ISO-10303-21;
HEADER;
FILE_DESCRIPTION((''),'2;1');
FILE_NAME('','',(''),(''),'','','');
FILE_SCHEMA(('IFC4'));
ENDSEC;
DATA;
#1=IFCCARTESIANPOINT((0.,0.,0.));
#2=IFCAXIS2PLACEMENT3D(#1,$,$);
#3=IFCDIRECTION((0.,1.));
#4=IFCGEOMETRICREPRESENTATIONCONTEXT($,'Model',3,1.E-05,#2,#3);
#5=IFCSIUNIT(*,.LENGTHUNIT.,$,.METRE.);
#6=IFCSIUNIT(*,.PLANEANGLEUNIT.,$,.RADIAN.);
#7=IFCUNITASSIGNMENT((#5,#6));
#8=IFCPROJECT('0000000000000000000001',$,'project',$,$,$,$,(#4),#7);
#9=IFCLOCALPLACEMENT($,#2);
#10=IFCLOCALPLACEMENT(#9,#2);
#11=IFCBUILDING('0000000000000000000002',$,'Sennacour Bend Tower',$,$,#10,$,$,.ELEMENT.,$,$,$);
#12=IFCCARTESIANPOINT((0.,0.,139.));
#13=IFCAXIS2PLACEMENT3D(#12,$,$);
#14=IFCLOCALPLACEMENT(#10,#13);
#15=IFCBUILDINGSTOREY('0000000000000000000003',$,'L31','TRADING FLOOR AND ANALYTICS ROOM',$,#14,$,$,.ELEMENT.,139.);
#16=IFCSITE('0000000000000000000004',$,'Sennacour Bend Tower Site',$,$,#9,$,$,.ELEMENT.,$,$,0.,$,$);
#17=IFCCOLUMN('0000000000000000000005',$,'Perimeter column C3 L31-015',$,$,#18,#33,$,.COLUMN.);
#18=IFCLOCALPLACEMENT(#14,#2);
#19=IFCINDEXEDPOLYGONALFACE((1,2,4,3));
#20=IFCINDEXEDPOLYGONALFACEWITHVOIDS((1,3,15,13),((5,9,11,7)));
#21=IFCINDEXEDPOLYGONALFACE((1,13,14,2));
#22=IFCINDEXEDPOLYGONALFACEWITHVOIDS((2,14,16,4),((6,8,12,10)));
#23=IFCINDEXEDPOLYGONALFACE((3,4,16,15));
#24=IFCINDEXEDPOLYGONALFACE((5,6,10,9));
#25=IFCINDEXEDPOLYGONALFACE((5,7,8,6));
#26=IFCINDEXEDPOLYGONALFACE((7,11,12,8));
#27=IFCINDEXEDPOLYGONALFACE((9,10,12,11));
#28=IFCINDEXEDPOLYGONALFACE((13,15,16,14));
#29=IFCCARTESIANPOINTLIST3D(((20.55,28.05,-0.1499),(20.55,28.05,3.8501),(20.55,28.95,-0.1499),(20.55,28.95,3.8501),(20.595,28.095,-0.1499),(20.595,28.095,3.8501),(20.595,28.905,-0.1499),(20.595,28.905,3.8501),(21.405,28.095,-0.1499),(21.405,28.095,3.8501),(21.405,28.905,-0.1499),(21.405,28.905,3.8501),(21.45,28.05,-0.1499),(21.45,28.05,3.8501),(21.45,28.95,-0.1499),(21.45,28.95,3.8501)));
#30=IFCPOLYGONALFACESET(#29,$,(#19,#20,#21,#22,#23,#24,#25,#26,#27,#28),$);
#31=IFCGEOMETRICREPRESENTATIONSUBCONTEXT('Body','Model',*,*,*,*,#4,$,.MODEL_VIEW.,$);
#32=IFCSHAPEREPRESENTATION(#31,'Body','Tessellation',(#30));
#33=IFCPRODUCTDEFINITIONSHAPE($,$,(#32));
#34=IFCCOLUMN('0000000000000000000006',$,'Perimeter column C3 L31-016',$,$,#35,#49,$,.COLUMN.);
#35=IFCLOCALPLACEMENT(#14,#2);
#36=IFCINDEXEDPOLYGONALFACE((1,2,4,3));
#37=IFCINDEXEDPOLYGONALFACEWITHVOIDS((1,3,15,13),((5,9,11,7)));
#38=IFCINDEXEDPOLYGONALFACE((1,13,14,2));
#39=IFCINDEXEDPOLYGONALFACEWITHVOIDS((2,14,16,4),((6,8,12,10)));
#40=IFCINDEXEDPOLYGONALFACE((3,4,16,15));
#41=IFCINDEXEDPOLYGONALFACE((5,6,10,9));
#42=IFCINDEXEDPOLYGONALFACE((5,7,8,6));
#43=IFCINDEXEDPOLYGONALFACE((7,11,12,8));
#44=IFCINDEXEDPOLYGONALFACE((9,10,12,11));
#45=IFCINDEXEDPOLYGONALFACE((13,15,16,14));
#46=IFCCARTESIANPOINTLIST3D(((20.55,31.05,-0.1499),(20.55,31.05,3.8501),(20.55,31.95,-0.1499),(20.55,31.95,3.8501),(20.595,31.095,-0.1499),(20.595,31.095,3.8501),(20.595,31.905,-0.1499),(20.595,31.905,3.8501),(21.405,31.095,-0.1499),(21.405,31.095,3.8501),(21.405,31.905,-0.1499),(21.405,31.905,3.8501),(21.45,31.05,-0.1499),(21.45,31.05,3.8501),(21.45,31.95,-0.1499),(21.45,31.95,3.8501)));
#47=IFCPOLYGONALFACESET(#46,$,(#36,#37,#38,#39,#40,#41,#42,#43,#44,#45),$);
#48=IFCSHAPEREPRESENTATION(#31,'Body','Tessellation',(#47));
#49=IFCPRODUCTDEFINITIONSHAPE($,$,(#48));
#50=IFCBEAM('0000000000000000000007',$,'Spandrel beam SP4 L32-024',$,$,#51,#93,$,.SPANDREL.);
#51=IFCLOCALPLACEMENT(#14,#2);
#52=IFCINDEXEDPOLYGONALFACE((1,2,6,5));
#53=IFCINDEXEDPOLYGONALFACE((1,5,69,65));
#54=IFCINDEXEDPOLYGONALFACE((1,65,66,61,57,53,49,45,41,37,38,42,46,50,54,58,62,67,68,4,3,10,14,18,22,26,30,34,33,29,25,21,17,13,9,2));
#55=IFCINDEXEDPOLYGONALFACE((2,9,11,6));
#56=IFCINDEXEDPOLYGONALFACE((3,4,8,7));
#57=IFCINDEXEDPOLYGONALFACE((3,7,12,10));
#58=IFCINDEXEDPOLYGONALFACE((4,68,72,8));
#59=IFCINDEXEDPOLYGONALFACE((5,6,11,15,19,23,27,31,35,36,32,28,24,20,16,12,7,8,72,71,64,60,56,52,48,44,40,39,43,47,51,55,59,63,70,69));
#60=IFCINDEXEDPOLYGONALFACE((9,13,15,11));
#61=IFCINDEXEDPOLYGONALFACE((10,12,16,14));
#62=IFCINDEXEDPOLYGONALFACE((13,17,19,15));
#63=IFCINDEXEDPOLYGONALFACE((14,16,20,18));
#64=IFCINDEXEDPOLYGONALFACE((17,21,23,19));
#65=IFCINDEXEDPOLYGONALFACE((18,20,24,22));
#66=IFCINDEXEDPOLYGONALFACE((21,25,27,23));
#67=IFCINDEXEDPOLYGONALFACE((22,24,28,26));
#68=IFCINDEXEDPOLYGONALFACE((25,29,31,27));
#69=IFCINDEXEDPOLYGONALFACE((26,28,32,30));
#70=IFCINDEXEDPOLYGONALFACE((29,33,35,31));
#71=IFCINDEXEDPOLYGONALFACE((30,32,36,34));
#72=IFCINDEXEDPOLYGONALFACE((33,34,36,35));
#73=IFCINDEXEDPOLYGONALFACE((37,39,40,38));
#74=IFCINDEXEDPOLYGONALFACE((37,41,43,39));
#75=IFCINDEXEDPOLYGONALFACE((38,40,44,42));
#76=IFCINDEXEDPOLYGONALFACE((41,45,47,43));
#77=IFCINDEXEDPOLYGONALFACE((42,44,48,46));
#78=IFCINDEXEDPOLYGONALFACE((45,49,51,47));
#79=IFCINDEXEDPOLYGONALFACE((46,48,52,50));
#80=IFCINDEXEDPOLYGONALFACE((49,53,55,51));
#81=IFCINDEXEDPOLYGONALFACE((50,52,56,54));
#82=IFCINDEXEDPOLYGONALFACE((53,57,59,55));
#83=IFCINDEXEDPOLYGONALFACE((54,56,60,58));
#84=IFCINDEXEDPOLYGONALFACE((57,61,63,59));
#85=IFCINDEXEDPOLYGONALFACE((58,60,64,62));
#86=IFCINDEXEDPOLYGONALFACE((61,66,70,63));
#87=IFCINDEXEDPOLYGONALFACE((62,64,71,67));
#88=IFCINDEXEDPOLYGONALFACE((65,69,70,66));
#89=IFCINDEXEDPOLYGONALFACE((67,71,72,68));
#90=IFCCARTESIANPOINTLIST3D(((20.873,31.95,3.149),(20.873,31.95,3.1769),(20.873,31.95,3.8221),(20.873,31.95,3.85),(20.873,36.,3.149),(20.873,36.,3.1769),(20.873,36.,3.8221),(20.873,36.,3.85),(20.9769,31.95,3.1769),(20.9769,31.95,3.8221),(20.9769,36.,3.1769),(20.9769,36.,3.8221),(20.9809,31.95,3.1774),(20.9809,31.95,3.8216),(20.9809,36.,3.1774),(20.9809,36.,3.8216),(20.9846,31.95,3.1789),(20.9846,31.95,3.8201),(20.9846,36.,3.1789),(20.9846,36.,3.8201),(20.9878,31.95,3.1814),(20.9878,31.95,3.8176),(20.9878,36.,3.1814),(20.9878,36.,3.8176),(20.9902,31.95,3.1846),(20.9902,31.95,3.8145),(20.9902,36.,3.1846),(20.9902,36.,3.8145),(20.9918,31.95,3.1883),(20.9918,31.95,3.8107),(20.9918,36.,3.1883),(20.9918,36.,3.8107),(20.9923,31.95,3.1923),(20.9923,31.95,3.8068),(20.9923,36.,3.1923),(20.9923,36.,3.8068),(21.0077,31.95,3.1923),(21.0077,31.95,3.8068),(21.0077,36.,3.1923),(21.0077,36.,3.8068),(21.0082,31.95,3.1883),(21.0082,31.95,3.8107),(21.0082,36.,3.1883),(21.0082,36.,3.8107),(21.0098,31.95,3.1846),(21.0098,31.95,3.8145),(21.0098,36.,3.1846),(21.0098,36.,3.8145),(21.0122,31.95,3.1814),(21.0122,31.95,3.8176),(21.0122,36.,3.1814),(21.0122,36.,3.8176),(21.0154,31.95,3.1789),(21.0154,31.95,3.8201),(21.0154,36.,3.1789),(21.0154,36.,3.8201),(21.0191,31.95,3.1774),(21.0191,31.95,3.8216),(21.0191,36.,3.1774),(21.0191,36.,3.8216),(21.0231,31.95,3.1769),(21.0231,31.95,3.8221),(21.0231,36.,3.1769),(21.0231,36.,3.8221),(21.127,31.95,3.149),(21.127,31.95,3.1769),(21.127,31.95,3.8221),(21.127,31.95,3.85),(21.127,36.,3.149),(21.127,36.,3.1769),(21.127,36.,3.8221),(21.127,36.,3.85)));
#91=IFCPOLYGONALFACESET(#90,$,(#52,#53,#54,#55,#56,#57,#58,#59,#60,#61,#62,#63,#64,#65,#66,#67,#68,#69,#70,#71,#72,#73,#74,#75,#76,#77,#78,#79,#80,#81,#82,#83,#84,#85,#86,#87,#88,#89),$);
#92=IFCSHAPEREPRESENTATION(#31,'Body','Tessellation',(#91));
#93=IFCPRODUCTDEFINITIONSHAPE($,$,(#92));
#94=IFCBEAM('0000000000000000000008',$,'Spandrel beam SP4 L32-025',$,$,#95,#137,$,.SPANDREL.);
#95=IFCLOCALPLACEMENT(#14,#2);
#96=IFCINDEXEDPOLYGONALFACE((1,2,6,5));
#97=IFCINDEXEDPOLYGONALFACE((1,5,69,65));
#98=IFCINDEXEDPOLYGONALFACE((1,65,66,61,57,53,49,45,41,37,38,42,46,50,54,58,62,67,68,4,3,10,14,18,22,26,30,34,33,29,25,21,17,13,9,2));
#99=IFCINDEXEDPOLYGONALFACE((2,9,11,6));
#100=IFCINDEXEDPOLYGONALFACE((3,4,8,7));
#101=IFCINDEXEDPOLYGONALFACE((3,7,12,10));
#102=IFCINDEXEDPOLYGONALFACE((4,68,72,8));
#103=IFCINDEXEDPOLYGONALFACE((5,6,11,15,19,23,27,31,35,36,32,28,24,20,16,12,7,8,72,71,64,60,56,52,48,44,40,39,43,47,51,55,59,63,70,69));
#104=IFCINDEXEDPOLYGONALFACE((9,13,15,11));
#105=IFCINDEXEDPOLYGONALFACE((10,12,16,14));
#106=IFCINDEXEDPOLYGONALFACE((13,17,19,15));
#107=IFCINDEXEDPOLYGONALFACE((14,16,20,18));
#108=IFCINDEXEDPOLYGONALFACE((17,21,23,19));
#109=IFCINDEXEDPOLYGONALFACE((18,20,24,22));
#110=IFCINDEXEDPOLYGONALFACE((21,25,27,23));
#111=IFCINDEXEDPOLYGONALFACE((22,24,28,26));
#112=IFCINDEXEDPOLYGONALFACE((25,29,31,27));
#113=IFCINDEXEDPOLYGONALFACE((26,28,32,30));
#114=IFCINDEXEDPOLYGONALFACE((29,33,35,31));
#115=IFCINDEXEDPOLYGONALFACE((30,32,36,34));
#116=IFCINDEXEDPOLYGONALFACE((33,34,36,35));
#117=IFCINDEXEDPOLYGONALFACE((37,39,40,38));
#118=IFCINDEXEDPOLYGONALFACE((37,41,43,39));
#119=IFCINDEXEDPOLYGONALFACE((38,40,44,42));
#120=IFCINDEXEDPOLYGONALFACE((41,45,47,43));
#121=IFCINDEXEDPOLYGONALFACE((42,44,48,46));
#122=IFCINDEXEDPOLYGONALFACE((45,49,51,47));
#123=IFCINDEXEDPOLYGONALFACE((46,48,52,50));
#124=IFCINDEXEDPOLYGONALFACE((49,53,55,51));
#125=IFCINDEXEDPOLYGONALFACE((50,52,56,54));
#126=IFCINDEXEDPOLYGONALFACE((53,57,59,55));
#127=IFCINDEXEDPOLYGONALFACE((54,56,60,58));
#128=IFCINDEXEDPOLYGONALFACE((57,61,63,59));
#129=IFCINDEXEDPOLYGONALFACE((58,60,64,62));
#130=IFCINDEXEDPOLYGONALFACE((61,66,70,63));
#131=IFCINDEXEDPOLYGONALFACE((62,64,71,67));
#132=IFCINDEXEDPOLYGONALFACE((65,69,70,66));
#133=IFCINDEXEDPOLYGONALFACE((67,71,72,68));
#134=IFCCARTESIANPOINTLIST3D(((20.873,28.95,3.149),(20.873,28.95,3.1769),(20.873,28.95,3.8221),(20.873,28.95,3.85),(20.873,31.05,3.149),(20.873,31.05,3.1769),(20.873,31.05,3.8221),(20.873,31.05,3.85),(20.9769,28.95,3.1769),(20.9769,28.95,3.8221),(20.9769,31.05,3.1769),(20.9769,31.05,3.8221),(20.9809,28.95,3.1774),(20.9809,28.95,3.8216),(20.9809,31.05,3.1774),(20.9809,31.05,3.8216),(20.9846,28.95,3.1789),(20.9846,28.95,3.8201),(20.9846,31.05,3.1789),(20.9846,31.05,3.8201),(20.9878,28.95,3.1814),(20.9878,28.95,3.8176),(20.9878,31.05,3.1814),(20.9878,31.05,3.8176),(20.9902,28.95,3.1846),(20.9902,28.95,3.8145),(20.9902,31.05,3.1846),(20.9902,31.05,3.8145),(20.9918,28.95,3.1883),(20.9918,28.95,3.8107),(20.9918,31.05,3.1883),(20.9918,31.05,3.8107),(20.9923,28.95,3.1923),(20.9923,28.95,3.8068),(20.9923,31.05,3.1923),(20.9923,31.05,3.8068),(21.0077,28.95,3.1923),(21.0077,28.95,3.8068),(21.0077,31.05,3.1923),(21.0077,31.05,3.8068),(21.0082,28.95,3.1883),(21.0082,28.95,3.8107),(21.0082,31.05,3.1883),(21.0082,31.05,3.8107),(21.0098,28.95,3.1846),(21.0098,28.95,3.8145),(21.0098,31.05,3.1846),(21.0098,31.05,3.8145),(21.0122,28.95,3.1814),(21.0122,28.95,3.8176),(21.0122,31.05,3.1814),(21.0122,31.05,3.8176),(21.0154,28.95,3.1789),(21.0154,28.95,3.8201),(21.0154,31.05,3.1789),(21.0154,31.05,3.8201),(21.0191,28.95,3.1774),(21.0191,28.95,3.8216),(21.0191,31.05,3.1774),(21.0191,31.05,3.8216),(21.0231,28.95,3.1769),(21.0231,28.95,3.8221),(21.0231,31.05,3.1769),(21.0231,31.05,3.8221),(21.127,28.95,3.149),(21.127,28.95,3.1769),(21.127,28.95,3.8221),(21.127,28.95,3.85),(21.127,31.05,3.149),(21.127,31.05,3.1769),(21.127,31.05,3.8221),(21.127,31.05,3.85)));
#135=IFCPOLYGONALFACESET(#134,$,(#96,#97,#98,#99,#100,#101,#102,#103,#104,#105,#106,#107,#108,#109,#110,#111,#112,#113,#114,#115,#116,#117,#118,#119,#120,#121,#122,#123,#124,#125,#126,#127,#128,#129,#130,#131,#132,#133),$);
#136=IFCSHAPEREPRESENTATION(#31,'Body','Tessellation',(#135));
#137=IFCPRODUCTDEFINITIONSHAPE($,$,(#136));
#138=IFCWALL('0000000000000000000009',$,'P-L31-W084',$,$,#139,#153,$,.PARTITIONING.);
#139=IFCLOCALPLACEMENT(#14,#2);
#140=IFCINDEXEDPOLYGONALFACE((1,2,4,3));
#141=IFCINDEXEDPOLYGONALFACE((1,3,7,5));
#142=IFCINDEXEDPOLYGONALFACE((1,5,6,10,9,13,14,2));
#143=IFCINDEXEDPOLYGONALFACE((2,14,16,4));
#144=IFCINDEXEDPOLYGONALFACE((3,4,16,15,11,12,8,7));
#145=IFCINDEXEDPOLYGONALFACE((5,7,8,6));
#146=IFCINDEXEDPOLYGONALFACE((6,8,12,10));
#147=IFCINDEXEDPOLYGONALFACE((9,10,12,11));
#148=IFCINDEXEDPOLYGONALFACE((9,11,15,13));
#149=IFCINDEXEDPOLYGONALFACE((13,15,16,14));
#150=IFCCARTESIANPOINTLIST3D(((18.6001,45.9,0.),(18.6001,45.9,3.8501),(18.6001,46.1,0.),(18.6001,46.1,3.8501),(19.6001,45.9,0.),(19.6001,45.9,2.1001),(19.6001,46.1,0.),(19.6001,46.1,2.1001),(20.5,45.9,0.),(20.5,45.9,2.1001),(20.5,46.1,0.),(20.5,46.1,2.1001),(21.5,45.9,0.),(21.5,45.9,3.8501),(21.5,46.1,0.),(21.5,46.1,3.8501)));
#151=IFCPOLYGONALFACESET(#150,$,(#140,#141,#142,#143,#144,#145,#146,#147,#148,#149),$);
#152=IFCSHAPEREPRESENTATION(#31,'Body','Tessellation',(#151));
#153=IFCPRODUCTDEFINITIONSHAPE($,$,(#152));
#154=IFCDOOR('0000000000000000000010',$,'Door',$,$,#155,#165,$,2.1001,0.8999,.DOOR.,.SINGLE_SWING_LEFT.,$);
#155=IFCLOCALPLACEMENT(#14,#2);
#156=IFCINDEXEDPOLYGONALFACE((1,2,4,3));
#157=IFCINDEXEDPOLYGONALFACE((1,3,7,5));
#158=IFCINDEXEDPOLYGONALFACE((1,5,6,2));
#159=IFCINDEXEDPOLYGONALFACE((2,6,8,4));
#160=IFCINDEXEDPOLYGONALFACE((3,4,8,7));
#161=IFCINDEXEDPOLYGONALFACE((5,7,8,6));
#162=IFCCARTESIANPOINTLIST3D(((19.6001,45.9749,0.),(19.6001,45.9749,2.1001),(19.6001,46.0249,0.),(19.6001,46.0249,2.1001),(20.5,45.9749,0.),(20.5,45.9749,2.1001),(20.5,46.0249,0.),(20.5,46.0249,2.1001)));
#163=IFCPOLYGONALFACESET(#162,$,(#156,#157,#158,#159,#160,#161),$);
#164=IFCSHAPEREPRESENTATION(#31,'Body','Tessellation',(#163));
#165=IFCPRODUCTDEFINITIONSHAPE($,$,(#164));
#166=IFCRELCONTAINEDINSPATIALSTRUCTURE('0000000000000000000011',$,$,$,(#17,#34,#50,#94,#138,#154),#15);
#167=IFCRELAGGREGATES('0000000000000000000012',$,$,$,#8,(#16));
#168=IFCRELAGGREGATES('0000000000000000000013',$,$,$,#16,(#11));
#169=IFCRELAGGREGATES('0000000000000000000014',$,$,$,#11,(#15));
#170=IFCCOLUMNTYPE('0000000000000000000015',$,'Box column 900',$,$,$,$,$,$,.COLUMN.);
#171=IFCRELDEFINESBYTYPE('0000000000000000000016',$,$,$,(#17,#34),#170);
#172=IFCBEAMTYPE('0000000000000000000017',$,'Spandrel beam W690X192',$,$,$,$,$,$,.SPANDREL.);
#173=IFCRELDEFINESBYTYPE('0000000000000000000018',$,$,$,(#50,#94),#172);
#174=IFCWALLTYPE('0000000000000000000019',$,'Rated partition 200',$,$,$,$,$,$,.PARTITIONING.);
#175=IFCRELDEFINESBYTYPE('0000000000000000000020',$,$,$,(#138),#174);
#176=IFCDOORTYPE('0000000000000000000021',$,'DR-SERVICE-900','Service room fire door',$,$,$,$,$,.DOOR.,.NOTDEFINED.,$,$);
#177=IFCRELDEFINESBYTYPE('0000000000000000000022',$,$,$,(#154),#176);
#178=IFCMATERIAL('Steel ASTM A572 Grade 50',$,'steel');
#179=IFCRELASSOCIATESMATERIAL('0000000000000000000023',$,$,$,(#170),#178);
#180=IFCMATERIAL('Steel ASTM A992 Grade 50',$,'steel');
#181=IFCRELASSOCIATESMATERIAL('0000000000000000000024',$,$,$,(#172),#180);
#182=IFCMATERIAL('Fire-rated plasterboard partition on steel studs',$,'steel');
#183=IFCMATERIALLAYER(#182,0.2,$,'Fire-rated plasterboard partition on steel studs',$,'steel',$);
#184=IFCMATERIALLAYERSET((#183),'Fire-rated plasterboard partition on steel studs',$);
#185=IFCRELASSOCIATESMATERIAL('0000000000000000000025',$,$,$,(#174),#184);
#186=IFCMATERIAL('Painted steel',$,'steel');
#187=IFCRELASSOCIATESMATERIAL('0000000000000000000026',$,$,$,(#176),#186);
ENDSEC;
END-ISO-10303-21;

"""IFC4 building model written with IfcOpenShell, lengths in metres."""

from ifc_helpers import new_model, si_unit, direction, frame, frame_2d, origin, origin_2d, place, context, subcontext, project, spatial, rectangle, hollow_rectangle, i_section, extrude, material, layer, layer_set, material_profile, profile_set, type_object, element, fill, save


model = new_model("IFC4")

# Units and contexts
model_context = context("Model", 3, precision=1e-05, world=origin(), true_north=direction((0.0, 1.0)))
body_context = subcontext(model_context, "Body", "Model", "MODEL_VIEW")
ifc_project = project(units=[si_unit("LENGTHUNIT", "METRE"), si_unit("PLANEANGLEUNIT", "RADIAN")], contexts=[model_context])

# Site, building, storey
site_placement = place(None, origin())
site = spatial("IfcSite", under=ifc_project, at=site_placement, Name="Sennacour Bend Tower Site", CompositionType="ELEMENT", RefElevation=0.0)
building_placement = place(site_placement, origin())
building = spatial("IfcBuilding", under=site, at=building_placement, Name="Sennacour Bend Tower", CompositionType="ELEMENT")
storey_placement = place(building_placement, frame((0.0, 0.0, 139.0)))
storey = spatial("IfcBuildingStorey", under=building, at=storey_placement, Name="L31", Description="TRADING FLOOR AND ANALYTICS ROOM", CompositionType="ELEMENT", Elevation=139.0)

# Columns
ifc_material_1 = material(Name="Steel ASTM A572 Grade 50", Category="steel")
ifc_material_profile_1 = material_profile(ifc_material_1, hollow_rectangle(XDim=0.8999, YDim=0.8999, WallThickness=0.0449, at=origin_2d()), Name="Steel ASTM A572 Grade 50", Category="steel")
ifc_profile_set_1 = profile_set([ifc_material_profile_1], Name="Steel ASTM A572 Grade 50")
column_type = type_object("IfcColumnType", Name="Box column 900", PredefinedType="COLUMN", material=ifc_profile_set_1)
for number, where, z_axis, x_axis, name in (
    (1, (21.0, 28.5, -0.1499), (0.0, 0.0, 1.0), (1.0, 0.0, 0.0), "Perimeter column C3 L31-015"),
    (2, (21.0, 31.5, -0.1499), (0.0, 0.0, 1.0), (1.0, 0.0, 0.0), "Perimeter column C3 L31-016"),
):
    element("IfcColumn", number, at=place(storey_placement, frame(where, z_axis=z_axis, x_axis=x_axis)), inside=storey, type_object=column_type, Name=name, PredefinedType="COLUMN", context=body_context, shape_type="SweptSolid", body=[
        extrude(hollow_rectangle(XDim=0.8999, YDim=0.8999, WallThickness=0.0449, at=origin_2d()), origin(), (0.0, 0.0, 1.0), 4.0),
    ])

# Beams
ifc_material_2 = material(Name="Steel ASTM A992 Grade 50", Category="steel")
ifc_material_profile_2 = material_profile(ifc_material_2, i_section(OverallWidth=0.2539, OverallDepth=0.7009, WebThickness=0.0154, FlangeThickness=0.0278, FilletRadius=0.0154, at=origin_2d()), Name="Steel ASTM A992 Grade 50", Category="steel")
ifc_profile_set_2 = profile_set([ifc_material_profile_2], Name="Steel ASTM A992 Grade 50")
beam_type = type_object("IfcBeamType", Name="Spandrel beam W690X192", PredefinedType="SPANDREL", material=ifc_profile_set_2)
beam_1_placement = place(storey_placement, frame((21.0, 36.0, 3.4995), z_axis=(0.0, -1.0, 0.0), x_axis=(1.0, 0.0, 0.0)))
element("IfcBeam", 3, at=beam_1_placement, inside=storey, type_object=beam_type, Name="Spandrel beam SP4 L32-024", PredefinedType="SPANDREL", context=body_context, shape_type="SweptSolid", body=[
    extrude(i_section(OverallWidth=0.2539, OverallDepth=0.7009, WebThickness=0.0154, FlangeThickness=0.0278, FilletRadius=0.0154, at=origin_2d()), origin(), (0.0, 0.0, 1.0), 4.05),
])
beam_2_placement = place(storey_placement, frame((21.0, 31.05, 3.4995), z_axis=(0.0, -1.0, 0.0), x_axis=(1.0, 0.0, 0.0)))
element("IfcBeam", 4, at=beam_2_placement, inside=storey, type_object=beam_type, Name="Spandrel beam SP4 L32-025", PredefinedType="SPANDREL", context=body_context, shape_type="SweptSolid", body=[
    extrude(i_section(OverallWidth=0.2539, OverallDepth=0.7009, WebThickness=0.0154, FlangeThickness=0.0278, FilletRadius=0.0154, at=origin_2d()), origin(), (0.0, 0.0, 1.0), 2.1001),
])

# Wall, opening, door
ifc_material_3 = material(Name="Fire-rated plasterboard partition on steel studs", Category="steel")
ifc_layer_1 = layer(ifc_material_3, 0.2, Name="Fire-rated plasterboard partition on steel studs", Category="steel")
ifc_layer_set_1 = layer_set([ifc_layer_1], Name="Fire-rated plasterboard partition on steel studs")
wall_type_1 = type_object("IfcWallType", Name="Rated partition 200", PredefinedType="PARTITIONING", material=ifc_layer_set_1)
wall_1_placement = place(storey_placement, frame((18.6001, 46.0, 0.0), z_axis=(0.0, 0.0, 1.0), x_axis=(1.0, 0.0, 0.0)))
wall_1 = element("IfcWall", 5, at=wall_1_placement, inside=storey, type_object=wall_type_1, Name="P-L31-W084", PredefinedType="PARTITIONING", context=body_context, shape_type="SweptSolid", body=[
    extrude(rectangle(XDim=2.8999, YDim=0.2, at=frame_2d((1.45, 0.0))), origin(), (0.0, 0.0, 1.0), 3.8501),
])
opening_1_placement = place(wall_1_placement, frame((1.0, 0.0, 0.0)))
opening_1 = element("IfcOpeningElement", 6, at=opening_1_placement, cuts=wall_1, PredefinedType="OPENING", context=body_context, shape_type="SweptSolid", body=[
    extrude(rectangle(XDim=0.8999, YDim=2.1001, at=frame_2d((0.45, 1.05))), frame((0.0, 0.1099, 0.0), z_axis=(0.0, -1.0, 0.0), x_axis=(1.0, 0.0, 0.0)), (0.0, 0.0, 1.0), 0.22),
])
ifc_material_4 = material(Name="Painted steel", Category="steel")
door_type = type_object("IfcDoorType", Name="DR-SERVICE-900", Description="Service room fire door", OperationType="NOTDEFINED", PredefinedType="DOOR", material=ifc_material_4)
door_placement = place(opening_1_placement, origin())
door = element("IfcDoor", 7, at=door_placement, inside=storey, type_object=door_type, Name="Door", OperationType="SINGLE_SWING_LEFT", OverallHeight=2.1001, OverallWidth=0.8999, PredefinedType="DOOR", context=body_context, shape_type="SweptSolid", body=[
    extrude(rectangle(XDim=0.8999, YDim=2.1001, at=frame_2d((0.45, 1.05))), frame((0.0, 0.0249, 0.0), z_axis=(0.0, -1.0, 0.0), x_axis=(1.0, 0.0, 0.0)), (0.0, 0.0, 1.0), 0.05),
])
fill(opening_1, door)

save(model, "model.ifc")
